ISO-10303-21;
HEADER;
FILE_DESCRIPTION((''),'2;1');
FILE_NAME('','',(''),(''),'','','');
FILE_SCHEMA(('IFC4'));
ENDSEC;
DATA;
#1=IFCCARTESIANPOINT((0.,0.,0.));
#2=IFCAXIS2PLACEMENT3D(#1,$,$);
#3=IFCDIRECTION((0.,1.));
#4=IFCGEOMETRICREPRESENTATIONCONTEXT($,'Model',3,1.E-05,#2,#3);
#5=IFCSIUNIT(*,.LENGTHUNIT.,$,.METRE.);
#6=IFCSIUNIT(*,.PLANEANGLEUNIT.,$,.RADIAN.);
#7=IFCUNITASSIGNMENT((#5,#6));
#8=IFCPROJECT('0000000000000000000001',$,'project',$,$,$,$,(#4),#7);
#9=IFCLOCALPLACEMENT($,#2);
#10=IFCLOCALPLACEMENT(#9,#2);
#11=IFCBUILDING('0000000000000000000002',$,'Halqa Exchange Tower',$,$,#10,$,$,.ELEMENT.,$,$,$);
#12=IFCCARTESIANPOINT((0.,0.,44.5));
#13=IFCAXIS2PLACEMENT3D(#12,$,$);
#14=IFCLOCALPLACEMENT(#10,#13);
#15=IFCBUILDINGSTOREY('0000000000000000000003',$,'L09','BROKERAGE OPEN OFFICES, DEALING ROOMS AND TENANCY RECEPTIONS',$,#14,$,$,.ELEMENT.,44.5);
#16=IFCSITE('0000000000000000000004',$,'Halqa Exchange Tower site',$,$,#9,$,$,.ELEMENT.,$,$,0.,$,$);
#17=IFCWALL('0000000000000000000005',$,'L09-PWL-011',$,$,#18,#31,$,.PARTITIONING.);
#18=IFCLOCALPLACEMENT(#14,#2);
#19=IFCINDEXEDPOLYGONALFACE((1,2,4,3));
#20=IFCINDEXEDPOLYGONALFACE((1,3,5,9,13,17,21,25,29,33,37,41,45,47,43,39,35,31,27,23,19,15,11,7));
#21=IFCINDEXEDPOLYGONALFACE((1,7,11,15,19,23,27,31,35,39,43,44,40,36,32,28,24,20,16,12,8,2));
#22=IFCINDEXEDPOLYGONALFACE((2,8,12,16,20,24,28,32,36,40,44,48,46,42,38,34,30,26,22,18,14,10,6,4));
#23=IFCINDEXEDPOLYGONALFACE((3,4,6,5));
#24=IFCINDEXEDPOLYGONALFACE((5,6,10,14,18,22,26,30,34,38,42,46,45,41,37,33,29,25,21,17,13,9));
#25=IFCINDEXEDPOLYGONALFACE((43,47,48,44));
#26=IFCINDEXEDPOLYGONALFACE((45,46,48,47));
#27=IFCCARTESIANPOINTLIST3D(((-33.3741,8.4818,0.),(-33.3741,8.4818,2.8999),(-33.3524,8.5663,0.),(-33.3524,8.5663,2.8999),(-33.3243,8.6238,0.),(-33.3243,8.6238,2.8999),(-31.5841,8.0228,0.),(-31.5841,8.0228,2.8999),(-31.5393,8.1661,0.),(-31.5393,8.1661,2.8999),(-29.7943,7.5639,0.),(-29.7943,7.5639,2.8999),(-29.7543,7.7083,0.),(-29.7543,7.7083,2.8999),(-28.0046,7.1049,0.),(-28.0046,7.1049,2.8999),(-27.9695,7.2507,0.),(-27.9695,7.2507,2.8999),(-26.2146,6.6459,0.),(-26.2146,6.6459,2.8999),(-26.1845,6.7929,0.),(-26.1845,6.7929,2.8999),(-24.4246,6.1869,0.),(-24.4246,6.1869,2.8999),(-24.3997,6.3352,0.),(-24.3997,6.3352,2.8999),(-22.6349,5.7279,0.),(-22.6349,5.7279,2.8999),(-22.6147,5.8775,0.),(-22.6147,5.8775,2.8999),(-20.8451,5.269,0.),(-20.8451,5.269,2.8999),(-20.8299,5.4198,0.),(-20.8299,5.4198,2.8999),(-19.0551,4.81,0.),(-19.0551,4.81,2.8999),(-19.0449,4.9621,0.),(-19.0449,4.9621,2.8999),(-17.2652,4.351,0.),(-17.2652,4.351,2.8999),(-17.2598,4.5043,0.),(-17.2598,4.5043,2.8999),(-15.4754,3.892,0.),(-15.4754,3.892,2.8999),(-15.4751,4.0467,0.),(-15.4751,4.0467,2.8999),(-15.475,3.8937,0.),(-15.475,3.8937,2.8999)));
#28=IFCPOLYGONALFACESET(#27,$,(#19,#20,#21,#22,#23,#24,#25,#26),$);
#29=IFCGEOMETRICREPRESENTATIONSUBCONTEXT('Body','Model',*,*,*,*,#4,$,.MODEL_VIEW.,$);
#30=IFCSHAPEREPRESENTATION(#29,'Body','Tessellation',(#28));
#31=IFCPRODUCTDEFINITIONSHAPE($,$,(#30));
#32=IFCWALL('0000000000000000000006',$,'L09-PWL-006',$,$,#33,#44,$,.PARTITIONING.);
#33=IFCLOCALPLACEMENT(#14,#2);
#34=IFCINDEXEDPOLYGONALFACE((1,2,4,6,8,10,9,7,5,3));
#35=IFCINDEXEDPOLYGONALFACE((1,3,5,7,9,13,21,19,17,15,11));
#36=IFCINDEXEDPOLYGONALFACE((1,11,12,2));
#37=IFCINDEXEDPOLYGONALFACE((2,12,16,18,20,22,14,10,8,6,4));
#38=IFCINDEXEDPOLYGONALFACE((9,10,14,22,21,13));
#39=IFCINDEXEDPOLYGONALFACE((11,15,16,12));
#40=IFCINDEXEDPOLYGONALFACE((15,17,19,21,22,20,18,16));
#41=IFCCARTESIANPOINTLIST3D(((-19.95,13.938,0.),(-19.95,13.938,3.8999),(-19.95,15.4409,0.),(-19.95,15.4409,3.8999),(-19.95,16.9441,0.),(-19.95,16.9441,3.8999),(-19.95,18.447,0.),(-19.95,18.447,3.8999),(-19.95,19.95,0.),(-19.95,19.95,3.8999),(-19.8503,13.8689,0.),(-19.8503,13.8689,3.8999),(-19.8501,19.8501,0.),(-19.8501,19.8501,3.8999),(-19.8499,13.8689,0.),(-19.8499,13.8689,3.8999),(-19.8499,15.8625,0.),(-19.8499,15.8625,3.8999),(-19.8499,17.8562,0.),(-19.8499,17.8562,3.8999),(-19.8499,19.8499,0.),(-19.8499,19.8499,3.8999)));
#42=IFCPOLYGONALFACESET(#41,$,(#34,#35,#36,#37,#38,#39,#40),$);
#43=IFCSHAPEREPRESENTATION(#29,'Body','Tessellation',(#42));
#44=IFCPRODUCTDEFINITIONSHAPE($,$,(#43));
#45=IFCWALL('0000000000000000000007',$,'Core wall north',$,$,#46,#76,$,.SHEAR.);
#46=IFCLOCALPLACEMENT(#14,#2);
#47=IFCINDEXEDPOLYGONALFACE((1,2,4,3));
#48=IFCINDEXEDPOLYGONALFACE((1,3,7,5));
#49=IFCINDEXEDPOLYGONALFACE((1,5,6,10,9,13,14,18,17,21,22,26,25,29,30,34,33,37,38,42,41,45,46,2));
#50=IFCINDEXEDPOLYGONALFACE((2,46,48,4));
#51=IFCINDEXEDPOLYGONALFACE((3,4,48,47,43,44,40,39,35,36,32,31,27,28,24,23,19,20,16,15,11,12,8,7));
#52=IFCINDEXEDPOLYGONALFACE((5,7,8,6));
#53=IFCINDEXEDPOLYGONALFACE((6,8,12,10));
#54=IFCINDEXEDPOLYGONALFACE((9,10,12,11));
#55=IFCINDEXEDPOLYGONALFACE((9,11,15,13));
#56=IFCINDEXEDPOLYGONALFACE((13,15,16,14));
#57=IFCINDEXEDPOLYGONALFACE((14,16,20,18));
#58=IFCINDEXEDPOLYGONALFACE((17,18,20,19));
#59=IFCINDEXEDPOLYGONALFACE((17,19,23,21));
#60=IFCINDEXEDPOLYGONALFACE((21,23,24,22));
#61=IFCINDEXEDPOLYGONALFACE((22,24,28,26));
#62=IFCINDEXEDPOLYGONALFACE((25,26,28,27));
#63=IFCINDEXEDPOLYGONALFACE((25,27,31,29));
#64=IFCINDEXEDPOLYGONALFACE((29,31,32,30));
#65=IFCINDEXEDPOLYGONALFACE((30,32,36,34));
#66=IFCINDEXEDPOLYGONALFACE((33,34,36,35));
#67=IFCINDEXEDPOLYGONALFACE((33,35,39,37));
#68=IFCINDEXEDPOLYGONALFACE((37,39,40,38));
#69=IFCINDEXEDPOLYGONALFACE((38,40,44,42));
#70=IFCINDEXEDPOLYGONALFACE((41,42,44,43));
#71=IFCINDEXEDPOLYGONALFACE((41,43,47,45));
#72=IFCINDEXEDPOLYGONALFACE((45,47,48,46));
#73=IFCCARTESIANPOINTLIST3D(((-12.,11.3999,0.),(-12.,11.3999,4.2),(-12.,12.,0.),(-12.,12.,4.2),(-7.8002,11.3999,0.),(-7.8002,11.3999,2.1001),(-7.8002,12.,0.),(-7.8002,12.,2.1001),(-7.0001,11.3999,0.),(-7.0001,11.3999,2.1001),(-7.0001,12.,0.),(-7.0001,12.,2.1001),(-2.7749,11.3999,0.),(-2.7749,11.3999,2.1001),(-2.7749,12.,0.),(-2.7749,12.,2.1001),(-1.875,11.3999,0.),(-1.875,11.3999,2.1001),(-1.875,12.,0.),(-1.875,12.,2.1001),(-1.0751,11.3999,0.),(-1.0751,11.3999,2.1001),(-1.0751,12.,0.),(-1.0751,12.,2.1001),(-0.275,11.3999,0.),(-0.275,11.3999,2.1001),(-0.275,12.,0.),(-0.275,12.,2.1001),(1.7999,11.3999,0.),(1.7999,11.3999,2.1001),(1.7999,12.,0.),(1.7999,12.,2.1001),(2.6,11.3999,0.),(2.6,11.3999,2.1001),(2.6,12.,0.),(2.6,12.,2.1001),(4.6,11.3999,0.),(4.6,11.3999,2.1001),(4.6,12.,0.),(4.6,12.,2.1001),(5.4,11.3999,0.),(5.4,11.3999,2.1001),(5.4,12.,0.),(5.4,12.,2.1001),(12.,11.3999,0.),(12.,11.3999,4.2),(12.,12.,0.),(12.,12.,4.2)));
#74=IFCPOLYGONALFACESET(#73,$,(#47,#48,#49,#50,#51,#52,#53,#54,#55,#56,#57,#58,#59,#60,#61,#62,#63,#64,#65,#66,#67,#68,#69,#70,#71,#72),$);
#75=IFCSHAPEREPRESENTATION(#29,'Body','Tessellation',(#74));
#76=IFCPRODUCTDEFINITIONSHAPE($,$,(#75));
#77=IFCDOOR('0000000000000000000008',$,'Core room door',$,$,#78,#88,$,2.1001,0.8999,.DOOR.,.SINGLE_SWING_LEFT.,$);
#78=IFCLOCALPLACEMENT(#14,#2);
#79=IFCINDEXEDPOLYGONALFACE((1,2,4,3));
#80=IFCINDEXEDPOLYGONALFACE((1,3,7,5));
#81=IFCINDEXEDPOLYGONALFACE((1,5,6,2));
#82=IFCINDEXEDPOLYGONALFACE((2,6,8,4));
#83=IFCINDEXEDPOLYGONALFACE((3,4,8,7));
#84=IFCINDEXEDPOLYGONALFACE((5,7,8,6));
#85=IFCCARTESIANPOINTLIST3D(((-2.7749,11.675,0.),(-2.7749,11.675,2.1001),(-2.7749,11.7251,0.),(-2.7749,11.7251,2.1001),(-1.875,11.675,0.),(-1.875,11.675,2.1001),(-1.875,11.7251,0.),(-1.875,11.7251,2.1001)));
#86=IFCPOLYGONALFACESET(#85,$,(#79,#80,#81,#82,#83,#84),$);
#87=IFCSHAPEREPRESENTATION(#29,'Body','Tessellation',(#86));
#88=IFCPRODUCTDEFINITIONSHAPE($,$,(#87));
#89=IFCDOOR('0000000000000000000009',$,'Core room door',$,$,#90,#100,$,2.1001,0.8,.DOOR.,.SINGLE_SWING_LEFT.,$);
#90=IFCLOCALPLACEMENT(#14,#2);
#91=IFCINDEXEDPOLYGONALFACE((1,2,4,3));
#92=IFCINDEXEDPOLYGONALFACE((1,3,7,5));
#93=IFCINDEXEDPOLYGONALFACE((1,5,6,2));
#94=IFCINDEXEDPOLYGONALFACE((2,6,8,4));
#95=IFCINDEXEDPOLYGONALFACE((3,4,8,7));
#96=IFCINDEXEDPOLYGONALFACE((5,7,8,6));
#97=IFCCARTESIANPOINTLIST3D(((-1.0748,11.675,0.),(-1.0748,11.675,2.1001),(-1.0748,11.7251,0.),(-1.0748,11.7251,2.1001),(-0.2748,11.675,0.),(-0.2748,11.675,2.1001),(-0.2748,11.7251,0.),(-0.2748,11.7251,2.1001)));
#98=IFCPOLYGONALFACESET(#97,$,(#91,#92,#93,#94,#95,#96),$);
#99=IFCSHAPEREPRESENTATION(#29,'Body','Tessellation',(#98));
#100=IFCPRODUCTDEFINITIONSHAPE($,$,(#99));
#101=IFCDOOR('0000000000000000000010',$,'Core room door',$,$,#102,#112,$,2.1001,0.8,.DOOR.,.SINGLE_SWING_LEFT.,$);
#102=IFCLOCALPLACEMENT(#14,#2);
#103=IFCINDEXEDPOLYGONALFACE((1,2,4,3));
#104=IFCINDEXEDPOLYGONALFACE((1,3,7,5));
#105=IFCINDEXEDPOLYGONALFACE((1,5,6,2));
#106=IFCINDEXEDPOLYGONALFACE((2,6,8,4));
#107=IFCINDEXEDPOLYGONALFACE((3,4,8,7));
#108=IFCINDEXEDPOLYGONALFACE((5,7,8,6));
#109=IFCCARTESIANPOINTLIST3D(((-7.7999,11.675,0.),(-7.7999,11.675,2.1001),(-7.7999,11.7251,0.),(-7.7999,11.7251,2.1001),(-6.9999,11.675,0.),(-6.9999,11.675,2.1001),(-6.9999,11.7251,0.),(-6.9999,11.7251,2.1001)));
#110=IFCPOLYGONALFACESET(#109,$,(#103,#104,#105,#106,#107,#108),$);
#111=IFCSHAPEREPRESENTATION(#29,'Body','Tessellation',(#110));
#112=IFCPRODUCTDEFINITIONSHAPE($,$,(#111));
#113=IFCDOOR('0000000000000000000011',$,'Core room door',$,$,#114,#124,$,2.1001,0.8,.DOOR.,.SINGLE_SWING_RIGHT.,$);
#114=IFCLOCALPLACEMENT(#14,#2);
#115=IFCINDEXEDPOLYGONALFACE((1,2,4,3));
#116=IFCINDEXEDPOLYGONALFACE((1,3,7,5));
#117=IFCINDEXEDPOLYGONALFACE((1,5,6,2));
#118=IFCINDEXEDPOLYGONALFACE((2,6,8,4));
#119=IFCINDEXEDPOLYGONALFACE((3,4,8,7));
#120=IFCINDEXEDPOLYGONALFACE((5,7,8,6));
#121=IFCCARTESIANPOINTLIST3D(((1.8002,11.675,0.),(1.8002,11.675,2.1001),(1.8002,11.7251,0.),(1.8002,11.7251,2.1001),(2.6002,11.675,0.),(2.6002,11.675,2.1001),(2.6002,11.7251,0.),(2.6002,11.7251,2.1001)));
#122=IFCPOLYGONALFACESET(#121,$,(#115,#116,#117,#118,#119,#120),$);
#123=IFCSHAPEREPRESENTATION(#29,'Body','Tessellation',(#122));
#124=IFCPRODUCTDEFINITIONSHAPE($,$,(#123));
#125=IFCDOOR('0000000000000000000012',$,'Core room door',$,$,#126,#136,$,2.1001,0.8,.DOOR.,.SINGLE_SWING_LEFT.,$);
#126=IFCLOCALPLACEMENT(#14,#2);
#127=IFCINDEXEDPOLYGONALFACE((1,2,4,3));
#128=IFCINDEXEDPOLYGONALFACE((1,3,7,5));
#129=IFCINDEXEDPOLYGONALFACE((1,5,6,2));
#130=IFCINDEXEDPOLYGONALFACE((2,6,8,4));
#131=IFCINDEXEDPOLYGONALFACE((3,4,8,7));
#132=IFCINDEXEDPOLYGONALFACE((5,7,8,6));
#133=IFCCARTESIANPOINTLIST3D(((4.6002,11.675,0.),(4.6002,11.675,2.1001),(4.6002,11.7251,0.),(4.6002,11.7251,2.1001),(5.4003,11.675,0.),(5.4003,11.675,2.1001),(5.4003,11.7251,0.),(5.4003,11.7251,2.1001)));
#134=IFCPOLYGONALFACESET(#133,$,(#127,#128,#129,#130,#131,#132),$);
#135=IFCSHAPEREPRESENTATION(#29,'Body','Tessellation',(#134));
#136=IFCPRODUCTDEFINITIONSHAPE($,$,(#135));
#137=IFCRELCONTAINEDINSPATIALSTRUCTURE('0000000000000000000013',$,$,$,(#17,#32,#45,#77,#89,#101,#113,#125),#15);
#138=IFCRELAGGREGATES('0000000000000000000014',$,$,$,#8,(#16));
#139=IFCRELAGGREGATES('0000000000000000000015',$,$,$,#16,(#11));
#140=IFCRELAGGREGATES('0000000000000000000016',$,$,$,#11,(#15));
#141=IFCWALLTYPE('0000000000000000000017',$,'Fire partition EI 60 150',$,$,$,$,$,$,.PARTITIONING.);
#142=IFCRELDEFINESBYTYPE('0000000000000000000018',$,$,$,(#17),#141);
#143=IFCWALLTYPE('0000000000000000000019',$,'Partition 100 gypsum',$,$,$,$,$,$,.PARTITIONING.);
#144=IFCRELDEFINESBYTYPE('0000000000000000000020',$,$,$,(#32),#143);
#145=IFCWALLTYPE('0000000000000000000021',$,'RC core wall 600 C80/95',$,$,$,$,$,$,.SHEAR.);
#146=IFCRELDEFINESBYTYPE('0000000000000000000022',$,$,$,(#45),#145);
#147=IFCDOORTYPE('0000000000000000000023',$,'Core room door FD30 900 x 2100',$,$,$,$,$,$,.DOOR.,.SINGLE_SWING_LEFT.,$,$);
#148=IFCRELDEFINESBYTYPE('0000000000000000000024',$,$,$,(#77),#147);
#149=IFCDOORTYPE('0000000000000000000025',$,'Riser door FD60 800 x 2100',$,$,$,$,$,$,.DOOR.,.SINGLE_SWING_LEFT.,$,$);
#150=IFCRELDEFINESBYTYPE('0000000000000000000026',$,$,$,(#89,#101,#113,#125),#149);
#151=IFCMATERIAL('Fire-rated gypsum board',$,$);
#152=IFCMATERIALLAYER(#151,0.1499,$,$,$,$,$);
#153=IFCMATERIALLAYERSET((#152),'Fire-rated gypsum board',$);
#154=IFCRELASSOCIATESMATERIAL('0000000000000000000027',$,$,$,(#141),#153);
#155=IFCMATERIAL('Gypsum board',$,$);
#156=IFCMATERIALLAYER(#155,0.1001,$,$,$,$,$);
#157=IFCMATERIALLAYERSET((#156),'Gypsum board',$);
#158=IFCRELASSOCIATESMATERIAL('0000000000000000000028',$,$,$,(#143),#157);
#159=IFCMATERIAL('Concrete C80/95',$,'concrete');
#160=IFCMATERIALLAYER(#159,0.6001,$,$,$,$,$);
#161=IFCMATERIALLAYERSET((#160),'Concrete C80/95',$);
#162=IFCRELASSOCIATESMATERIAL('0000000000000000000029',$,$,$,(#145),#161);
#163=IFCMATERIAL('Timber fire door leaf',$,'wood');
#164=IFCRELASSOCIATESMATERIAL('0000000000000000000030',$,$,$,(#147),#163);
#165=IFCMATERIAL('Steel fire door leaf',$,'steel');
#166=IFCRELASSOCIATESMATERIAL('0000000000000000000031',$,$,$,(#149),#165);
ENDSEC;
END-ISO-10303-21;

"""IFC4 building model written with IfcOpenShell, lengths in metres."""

from ifc_helpers import new_model, si_unit, direction, frame, frame_2d, origin, place, context, subcontext, project, spatial, polyline, rectangle, outline, extrude, material, layer, layer_set, type_object, element, fill, save


model = new_model("IFC4")

# Units and contexts
model_context = context("Model", 3, precision=1e-05, world=origin(), true_north=direction((0.0, 1.0)))
body_context = subcontext(model_context, "Body", "Model", "MODEL_VIEW")
ifc_project = project(units=[si_unit("LENGTHUNIT", "METRE"), si_unit("PLANEANGLEUNIT", "RADIAN")], contexts=[model_context])

# Site, building, storey
site_placement = place(None, origin())
site = spatial("IfcSite", under=ifc_project, at=site_placement, Name="Halqa Exchange Tower site", CompositionType="ELEMENT", RefElevation=0.0)
building_placement = place(site_placement, origin())
building = spatial("IfcBuilding", under=site, at=building_placement, Name="Halqa Exchange Tower", CompositionType="ELEMENT")
storey_placement = place(building_placement, frame((0.0, 0.0, 44.5)))
storey = spatial("IfcBuildingStorey", under=building, at=storey_placement, Name="L09", Description="BROKERAGE OPEN OFFICES, DEALING ROOMS AND TENANCY RECEPTIONS", CompositionType="ELEMENT", Elevation=44.5)

# Shared definitions
ifc_material_1 = material(Name="Concrete C80/95", Category="concrete")

# Walls
ifc_material_2 = material(Name="Fire-rated gypsum board")
ifc_layer_1 = layer(ifc_material_2, 0.1499)
ifc_layer_set_1 = layer_set([ifc_layer_1], Name="Fire-rated gypsum board")
wall_type_1 = type_object("IfcWallType", Name="Fire partition EI 60 150", PredefinedType="PARTITIONING", material=ifc_layer_set_1)
wall_1_placement = place(storey_placement, frame((-15.4568, 3.9646, 0.0), z_axis=(0.0, 0.0, 1.0), x_axis=(-0.968658, 0.248398, 0.0)))
element("IfcWall", 1, at=wall_1_placement, inside=storey, type_object=wall_type_1, Name="L09-PWL-011", PredefinedType="PARTITIONING", context=body_context, shape_type="SweptSolid", body=[
    extrude(outline(polyline([(0.0381, -0.075), (1.8806, -0.075), (3.7234, -0.075), (5.5662, -0.075), (7.4087, -0.075), (9.2515, -0.075), (11.094, -0.075), (12.9368, -0.075), (14.7793, -0.075), (16.6221, -0.075), (18.4648, -0.075), (18.4778, -0.0122), (18.4778, 0.075), (16.6299, 0.075), (14.7822, 0.075), (12.9346, 0.075), (11.0867, 0.075), (9.2388, 0.075), (7.3911, 0.075), (5.5435, 0.075), (3.6956, 0.075), (1.8477, 0.075), (0.0, 0.075), (0.0, 0.0732), (0.0381, -0.075)])), origin(), (0.0, 0.0, 1.0), 2.8999),
])
ifc_material_3 = material(Name="Gypsum board")
ifc_layer_2 = layer(ifc_material_3, 0.1001)
ifc_layer_set_2 = layer_set([ifc_layer_2], Name="Gypsum board")
wall_type_2 = type_object("IfcWallType", Name="Partition 100 gypsum", PredefinedType="PARTITIONING", material=ifc_layer_set_2)
wall_2_placement = place(storey_placement, frame((-19.8999, 13.8689, 0.0), z_axis=(0.0, 0.0, 1.0), x_axis=(0.0, 1.0, 0.0)))
element("IfcWall", 2, at=wall_2_placement, inside=storey, type_object=wall_type_2, Name="L09-PWL-006", PredefinedType="PARTITIONING", context=body_context, shape_type="SweptSolid", body=[
    extrude(outline(polyline([(0.0, -0.05), (1.9937, -0.05), (3.9873, -0.05), (5.981, -0.05), (5.9812, -0.0498), (6.0811, 0.05), (4.5781, 0.05), (3.0752, 0.05), (1.572, 0.05), (0.0691, 0.05), (0.0, -0.0496), (0.0, -0.05)])), origin(), (0.0, 0.0, 1.0), 3.8999),
])

# Wall, openings, doors
ifc_layer_3 = layer(ifc_material_1, 0.6001)
ifc_layer_set_3 = layer_set([ifc_layer_3], Name="Concrete C80/95")
wall_type_3 = type_object("IfcWallType", Name="RC core wall 600 C80/95", PredefinedType="SHEAR", material=ifc_layer_set_3)
wall_3_placement = place(storey_placement, frame((-12.0, 11.7, 0.0), z_axis=(0.0, 0.0, 1.0), x_axis=(1.0, 0.0, 0.0)))
wall_3 = element("IfcWall", 3, at=wall_3_placement, inside=storey, type_object=wall_type_3, Name="Core wall north", PredefinedType="SHEAR", context=body_context, shape_type="SweptSolid", body=[
    extrude(rectangle(XDim=24.0, YDim=0.6001, at=frame_2d((12.0, 0.0))), origin(), (0.0, 0.0, 1.0), 4.2),
])
opening_1_placement = place(wall_3_placement, frame((9.2251, 0.0, 0.0)))
opening_1 = element("IfcOpeningElement", 4, at=opening_1_placement, cuts=wall_3, PredefinedType="OPENING", context=body_context, shape_type="SweptSolid", body=[
    extrude(rectangle(XDim=0.8999, YDim=2.1001, at=frame_2d((0.45, 1.05))), frame((0.0, 0.312, 0.0), z_axis=(0.0, -1.0, 0.0), x_axis=(1.0, 0.0, 0.0)), (0.0, 0.0, 1.0), 0.624),
])
opening_2_placement = place(wall_3_placement, frame((10.925, 0.0, 0.0)))
opening_2 = element("IfcOpeningElement", 5, at=opening_2_placement, cuts=wall_3, PredefinedType="OPENING", context=body_context, shape_type="SweptSolid", body=[
    extrude(rectangle(XDim=0.8, YDim=2.1001, at=frame_2d((0.3999, 1.05))), frame((0.0, 0.312, 0.0), z_axis=(0.0, -1.0, 0.0), x_axis=(1.0, 0.0, 0.0)), (0.0, 0.0, 1.0), 0.624),
])
opening_3_placement = place(wall_3_placement, frame((4.2, 0.0, 0.0)))
opening_3 = element("IfcOpeningElement", 6, at=opening_3_placement, cuts=wall_3, PredefinedType="OPENING", context=body_context, shape_type="SweptSolid", body=[
    extrude(rectangle(XDim=0.8, YDim=2.1001, at=frame_2d((0.3999, 1.05))), frame((0.0, 0.312, 0.0), z_axis=(0.0, -1.0, 0.0), x_axis=(1.0, 0.0, 0.0)), (0.0, 0.0, 1.0), 0.624),
])
opening_4_placement = place(wall_3_placement, frame((13.8, 0.0, 0.0)))
opening_4 = element("IfcOpeningElement", 7, at=opening_4_placement, cuts=wall_3, PredefinedType="OPENING", context=body_context, shape_type="SweptSolid", body=[
    extrude(rectangle(XDim=0.8, YDim=2.1001, at=frame_2d((0.3999, 1.05))), frame((0.0, 0.312, 0.0), z_axis=(0.0, -1.0, 0.0), x_axis=(1.0, 0.0, 0.0)), (0.0, 0.0, 1.0), 0.624),
])
opening_5_placement = place(wall_3_placement, frame((16.6001, 0.0, 0.0)))
opening_5 = element("IfcOpeningElement", 8, at=opening_5_placement, cuts=wall_3, PredefinedType="OPENING", context=body_context, shape_type="SweptSolid", body=[
    extrude(rectangle(XDim=0.8, YDim=2.1001, at=frame_2d((0.3999, 1.05))), frame((0.0, 0.312, 0.0), z_axis=(0.0, -1.0, 0.0), x_axis=(1.0, 0.0, 0.0)), (0.0, 0.0, 1.0), 0.624),
])
ifc_material_4 = material(Name="Timber fire door leaf", Category="wood")
door_type_1 = type_object("IfcDoorType", Name="Core room door FD30 900 x 2100", OperationType="SINGLE_SWING_LEFT", PredefinedType="DOOR", material=ifc_material_4)
door_1_placement = place(opening_1_placement, frame((0.8999, 0.0, 0.0), z_axis=(0.0, 0.0, 1.0), x_axis=(-1.0, 0.0, 0.0)))
door_1 = element("IfcDoor", 9, at=door_1_placement, inside=storey, type_object=door_type_1, Name="Core room door", OperationType="SINGLE_SWING_LEFT", OverallHeight=2.1001, OverallWidth=0.8999, PredefinedType="DOOR", context=body_context, shape_type="SweptSolid", body=[
    extrude(rectangle(XDim=0.8999, YDim=2.1001, at=frame_2d((0.45, 1.05))), frame((0.0, 0.0249, 0.0), z_axis=(0.0, -1.0, 0.0), x_axis=(1.0, 0.0, 0.0)), (0.0, 0.0, 1.0), 0.05),
])
fill(opening_1, door_1)
ifc_material_5 = material(Name="Steel fire door leaf", Category="steel")
door_type_2 = type_object("IfcDoorType", Name="Riser door FD60 800 x 2100", OperationType="SINGLE_SWING_LEFT", PredefinedType="DOOR", material=ifc_material_5)
door_2_placement = place(opening_2_placement, frame((0.8, 0.0, 0.0), z_axis=(0.0, 0.0, 1.0), x_axis=(-1.0, 0.0, 0.0)))
door_2 = element("IfcDoor", 10, at=door_2_placement, inside=storey, type_object=door_type_2, Name="Core room door", OperationType="SINGLE_SWING_LEFT", OverallHeight=2.1001, OverallWidth=0.8, PredefinedType="DOOR", context=body_context, shape_type="SweptSolid", body=[
    extrude(rectangle(XDim=0.8, YDim=2.1001, at=frame_2d((0.3999, 1.05))), frame((0.0, 0.0249, 0.0), z_axis=(0.0, -1.0, 0.0), x_axis=(1.0, 0.0, 0.0)), (0.0, 0.0, 1.0), 0.05),
])
fill(opening_2, door_2)
door_3_placement = place(opening_3_placement, frame((0.8, 0.0, 0.0), z_axis=(0.0, 0.0, 1.0), x_axis=(-1.0, 0.0, 0.0)))
door_3 = element("IfcDoor", 11, at=door_3_placement, inside=storey, type_object=door_type_2, Name="Core room door", OperationType="SINGLE_SWING_LEFT", OverallHeight=2.1001, OverallWidth=0.8, PredefinedType="DOOR", context=body_context, shape_type="SweptSolid", body=[
    extrude(rectangle(XDim=0.8, YDim=2.1001, at=frame_2d((0.3999, 1.05))), frame((0.0, 0.0249, 0.0), z_axis=(0.0, -1.0, 0.0), x_axis=(1.0, 0.0, 0.0)), (0.0, 0.0, 1.0), 0.05),
])
fill(opening_3, door_3)
door_4_placement = place(opening_4_placement, frame((0.8, 0.0, 0.0), z_axis=(0.0, 0.0, 1.0), x_axis=(-1.0, 0.0, 0.0)))
door_4 = element("IfcDoor", 12, at=door_4_placement, inside=storey, type_object=door_type_2, Name="Core room door", OperationType="SINGLE_SWING_RIGHT", OverallHeight=2.1001, OverallWidth=0.8, PredefinedType="DOOR", context=body_context, shape_type="SweptSolid", body=[
    extrude(rectangle(XDim=0.8, YDim=2.1001, at=frame_2d((0.3999, 1.05))), frame((0.0, 0.0249, 0.0), z_axis=(0.0, -1.0, 0.0), x_axis=(1.0, 0.0, 0.0)), (0.0, 0.0, 1.0), 0.05),
])
fill(opening_4, door_4)
door_5_placement = place(opening_5_placement, frame((0.8, 0.0, 0.0), z_axis=(0.0, 0.0, 1.0), x_axis=(-1.0, 0.0, 0.0)))
door_5 = element("IfcDoor", 13, at=door_5_placement, inside=storey, type_object=door_type_2, Name="Core room door", OperationType="SINGLE_SWING_LEFT", OverallHeight=2.1001, OverallWidth=0.8, PredefinedType="DOOR", context=body_context, shape_type="SweptSolid", body=[
    extrude(rectangle(XDim=0.8, YDim=2.1001, at=frame_2d((0.3999, 1.05))), frame((0.0, 0.0249, 0.0), z_axis=(0.0, -1.0, 0.0), x_axis=(1.0, 0.0, 0.0)), (0.0, 0.0, 1.0), 0.05),
])
fill(opening_5, door_5)

save(model, "model.ifc")
